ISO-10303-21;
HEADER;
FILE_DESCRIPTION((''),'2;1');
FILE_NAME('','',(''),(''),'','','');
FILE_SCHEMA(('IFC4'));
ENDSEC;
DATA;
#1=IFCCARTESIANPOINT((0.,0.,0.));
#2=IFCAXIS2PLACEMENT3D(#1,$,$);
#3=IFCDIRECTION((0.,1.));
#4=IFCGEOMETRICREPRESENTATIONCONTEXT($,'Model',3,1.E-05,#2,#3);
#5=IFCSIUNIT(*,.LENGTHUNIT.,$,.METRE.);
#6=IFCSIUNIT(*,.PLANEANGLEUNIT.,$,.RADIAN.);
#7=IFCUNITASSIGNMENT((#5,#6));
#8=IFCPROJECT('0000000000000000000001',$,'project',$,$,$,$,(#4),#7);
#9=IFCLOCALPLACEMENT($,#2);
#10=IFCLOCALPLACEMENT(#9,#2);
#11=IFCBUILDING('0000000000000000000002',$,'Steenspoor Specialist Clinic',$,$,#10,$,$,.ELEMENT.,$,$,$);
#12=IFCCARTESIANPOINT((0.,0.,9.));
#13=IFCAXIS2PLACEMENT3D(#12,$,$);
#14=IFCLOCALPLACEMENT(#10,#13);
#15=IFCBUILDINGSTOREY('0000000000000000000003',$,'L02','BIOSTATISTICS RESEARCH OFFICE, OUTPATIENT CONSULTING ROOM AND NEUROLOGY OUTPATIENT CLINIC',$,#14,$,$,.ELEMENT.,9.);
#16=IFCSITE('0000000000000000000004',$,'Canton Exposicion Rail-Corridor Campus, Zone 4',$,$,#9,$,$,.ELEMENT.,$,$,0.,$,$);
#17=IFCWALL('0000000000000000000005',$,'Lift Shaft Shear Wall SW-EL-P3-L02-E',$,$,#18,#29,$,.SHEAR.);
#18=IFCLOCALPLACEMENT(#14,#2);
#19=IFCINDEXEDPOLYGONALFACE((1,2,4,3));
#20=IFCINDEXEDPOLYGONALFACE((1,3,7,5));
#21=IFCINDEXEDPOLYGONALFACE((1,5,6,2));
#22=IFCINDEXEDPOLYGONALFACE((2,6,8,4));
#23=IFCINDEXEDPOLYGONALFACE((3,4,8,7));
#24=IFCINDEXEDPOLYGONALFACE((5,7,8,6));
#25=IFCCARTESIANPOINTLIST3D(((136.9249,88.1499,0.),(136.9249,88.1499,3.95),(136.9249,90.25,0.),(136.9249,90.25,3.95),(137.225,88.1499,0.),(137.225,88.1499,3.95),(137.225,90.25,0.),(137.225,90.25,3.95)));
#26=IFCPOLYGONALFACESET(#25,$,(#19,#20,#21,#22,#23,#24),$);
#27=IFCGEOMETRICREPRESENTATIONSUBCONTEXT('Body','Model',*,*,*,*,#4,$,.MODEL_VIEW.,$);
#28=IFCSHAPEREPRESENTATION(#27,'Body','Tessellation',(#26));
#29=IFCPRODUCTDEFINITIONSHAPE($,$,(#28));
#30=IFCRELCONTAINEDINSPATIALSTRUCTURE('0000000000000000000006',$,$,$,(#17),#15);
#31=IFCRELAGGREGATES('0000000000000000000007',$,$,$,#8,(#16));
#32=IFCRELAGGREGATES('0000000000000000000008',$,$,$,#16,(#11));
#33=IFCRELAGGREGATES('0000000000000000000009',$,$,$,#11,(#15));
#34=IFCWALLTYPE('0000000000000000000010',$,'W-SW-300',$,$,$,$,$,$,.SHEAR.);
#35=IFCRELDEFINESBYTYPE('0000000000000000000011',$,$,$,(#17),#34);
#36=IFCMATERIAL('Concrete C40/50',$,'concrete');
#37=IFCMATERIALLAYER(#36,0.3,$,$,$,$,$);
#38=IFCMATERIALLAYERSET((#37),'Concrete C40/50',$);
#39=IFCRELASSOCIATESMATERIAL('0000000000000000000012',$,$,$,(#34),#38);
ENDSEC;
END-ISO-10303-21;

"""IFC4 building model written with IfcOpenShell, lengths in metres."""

from ifc_helpers import new_model, si_unit, direction, frame, frame_2d, origin, place, context, subcontext, project, spatial, rectangle, extrude, material, layer, layer_set, type_object, element, save


model = new_model("IFC4")

# Units and contexts
model_context = context("Model", 3, precision=1e-05, world=origin(), true_north=direction((0.0, 1.0)))
body_context = subcontext(model_context, "Body", "Model", "MODEL_VIEW")
ifc_project = project(units=[si_unit("LENGTHUNIT", "METRE"), si_unit("PLANEANGLEUNIT", "RADIAN")], contexts=[model_context])

# Site, building, storey
site_placement = place(None, origin())
site = spatial("IfcSite", under=ifc_project, at=site_placement, Name="Canton Exposicion Rail-Corridor Campus, Zone 4", CompositionType="ELEMENT", RefElevation=0.0)
building_placement = place(site_placement, origin())
building = spatial("IfcBuilding", under=site, at=building_placement, Name="Steenspoor Specialist Clinic", CompositionType="ELEMENT")
storey_placement = place(building_placement, frame((0.0, 0.0, 9.0)))
storey = spatial("IfcBuildingStorey", under=building, at=storey_placement, Name="L02", Description="BIOSTATISTICS RESEARCH OFFICE, OUTPATIENT CONSULTING ROOM AND NEUROLOGY OUTPATIENT CLINIC", CompositionType="ELEMENT", Elevation=9.0)

# Shared definitions
ifc_material_1 = material(Name="Concrete C40/50", Category="concrete")

# Shared definitions
ifc_layer_1 = layer(ifc_material_1, 0.3)
ifc_layer_set_1 = layer_set([ifc_layer_1], Name="Concrete C40/50")
wall_type_1 = type_object("IfcWallType", Name="W-SW-300", PredefinedType="SHEAR", material=ifc_layer_set_1)

# Wall
for number, where, z_axis, x_axis, name in (
    (1, (137.075, 88.1499, 0.0), (0.0, 0.0, 1.0), (0.0, 1.0, 0.0), "Lift Shaft Shear Wall SW-EL-P3-L02-E"),
):
    element("IfcWall", number, at=place(storey_placement, frame(where, z_axis=z_axis, x_axis=x_axis)), inside=storey, type_object=wall_type_1, Name=name, PredefinedType="SHEAR", context=body_context, shape_type="SweptSolid", body=[
        extrude(rectangle(XDim=2.1001, YDim=0.3, at=frame_2d((1.05, 0.0))), origin(), (0.0, 0.0, 1.0), 3.95),
    ])

save(model, "model.ifc")
